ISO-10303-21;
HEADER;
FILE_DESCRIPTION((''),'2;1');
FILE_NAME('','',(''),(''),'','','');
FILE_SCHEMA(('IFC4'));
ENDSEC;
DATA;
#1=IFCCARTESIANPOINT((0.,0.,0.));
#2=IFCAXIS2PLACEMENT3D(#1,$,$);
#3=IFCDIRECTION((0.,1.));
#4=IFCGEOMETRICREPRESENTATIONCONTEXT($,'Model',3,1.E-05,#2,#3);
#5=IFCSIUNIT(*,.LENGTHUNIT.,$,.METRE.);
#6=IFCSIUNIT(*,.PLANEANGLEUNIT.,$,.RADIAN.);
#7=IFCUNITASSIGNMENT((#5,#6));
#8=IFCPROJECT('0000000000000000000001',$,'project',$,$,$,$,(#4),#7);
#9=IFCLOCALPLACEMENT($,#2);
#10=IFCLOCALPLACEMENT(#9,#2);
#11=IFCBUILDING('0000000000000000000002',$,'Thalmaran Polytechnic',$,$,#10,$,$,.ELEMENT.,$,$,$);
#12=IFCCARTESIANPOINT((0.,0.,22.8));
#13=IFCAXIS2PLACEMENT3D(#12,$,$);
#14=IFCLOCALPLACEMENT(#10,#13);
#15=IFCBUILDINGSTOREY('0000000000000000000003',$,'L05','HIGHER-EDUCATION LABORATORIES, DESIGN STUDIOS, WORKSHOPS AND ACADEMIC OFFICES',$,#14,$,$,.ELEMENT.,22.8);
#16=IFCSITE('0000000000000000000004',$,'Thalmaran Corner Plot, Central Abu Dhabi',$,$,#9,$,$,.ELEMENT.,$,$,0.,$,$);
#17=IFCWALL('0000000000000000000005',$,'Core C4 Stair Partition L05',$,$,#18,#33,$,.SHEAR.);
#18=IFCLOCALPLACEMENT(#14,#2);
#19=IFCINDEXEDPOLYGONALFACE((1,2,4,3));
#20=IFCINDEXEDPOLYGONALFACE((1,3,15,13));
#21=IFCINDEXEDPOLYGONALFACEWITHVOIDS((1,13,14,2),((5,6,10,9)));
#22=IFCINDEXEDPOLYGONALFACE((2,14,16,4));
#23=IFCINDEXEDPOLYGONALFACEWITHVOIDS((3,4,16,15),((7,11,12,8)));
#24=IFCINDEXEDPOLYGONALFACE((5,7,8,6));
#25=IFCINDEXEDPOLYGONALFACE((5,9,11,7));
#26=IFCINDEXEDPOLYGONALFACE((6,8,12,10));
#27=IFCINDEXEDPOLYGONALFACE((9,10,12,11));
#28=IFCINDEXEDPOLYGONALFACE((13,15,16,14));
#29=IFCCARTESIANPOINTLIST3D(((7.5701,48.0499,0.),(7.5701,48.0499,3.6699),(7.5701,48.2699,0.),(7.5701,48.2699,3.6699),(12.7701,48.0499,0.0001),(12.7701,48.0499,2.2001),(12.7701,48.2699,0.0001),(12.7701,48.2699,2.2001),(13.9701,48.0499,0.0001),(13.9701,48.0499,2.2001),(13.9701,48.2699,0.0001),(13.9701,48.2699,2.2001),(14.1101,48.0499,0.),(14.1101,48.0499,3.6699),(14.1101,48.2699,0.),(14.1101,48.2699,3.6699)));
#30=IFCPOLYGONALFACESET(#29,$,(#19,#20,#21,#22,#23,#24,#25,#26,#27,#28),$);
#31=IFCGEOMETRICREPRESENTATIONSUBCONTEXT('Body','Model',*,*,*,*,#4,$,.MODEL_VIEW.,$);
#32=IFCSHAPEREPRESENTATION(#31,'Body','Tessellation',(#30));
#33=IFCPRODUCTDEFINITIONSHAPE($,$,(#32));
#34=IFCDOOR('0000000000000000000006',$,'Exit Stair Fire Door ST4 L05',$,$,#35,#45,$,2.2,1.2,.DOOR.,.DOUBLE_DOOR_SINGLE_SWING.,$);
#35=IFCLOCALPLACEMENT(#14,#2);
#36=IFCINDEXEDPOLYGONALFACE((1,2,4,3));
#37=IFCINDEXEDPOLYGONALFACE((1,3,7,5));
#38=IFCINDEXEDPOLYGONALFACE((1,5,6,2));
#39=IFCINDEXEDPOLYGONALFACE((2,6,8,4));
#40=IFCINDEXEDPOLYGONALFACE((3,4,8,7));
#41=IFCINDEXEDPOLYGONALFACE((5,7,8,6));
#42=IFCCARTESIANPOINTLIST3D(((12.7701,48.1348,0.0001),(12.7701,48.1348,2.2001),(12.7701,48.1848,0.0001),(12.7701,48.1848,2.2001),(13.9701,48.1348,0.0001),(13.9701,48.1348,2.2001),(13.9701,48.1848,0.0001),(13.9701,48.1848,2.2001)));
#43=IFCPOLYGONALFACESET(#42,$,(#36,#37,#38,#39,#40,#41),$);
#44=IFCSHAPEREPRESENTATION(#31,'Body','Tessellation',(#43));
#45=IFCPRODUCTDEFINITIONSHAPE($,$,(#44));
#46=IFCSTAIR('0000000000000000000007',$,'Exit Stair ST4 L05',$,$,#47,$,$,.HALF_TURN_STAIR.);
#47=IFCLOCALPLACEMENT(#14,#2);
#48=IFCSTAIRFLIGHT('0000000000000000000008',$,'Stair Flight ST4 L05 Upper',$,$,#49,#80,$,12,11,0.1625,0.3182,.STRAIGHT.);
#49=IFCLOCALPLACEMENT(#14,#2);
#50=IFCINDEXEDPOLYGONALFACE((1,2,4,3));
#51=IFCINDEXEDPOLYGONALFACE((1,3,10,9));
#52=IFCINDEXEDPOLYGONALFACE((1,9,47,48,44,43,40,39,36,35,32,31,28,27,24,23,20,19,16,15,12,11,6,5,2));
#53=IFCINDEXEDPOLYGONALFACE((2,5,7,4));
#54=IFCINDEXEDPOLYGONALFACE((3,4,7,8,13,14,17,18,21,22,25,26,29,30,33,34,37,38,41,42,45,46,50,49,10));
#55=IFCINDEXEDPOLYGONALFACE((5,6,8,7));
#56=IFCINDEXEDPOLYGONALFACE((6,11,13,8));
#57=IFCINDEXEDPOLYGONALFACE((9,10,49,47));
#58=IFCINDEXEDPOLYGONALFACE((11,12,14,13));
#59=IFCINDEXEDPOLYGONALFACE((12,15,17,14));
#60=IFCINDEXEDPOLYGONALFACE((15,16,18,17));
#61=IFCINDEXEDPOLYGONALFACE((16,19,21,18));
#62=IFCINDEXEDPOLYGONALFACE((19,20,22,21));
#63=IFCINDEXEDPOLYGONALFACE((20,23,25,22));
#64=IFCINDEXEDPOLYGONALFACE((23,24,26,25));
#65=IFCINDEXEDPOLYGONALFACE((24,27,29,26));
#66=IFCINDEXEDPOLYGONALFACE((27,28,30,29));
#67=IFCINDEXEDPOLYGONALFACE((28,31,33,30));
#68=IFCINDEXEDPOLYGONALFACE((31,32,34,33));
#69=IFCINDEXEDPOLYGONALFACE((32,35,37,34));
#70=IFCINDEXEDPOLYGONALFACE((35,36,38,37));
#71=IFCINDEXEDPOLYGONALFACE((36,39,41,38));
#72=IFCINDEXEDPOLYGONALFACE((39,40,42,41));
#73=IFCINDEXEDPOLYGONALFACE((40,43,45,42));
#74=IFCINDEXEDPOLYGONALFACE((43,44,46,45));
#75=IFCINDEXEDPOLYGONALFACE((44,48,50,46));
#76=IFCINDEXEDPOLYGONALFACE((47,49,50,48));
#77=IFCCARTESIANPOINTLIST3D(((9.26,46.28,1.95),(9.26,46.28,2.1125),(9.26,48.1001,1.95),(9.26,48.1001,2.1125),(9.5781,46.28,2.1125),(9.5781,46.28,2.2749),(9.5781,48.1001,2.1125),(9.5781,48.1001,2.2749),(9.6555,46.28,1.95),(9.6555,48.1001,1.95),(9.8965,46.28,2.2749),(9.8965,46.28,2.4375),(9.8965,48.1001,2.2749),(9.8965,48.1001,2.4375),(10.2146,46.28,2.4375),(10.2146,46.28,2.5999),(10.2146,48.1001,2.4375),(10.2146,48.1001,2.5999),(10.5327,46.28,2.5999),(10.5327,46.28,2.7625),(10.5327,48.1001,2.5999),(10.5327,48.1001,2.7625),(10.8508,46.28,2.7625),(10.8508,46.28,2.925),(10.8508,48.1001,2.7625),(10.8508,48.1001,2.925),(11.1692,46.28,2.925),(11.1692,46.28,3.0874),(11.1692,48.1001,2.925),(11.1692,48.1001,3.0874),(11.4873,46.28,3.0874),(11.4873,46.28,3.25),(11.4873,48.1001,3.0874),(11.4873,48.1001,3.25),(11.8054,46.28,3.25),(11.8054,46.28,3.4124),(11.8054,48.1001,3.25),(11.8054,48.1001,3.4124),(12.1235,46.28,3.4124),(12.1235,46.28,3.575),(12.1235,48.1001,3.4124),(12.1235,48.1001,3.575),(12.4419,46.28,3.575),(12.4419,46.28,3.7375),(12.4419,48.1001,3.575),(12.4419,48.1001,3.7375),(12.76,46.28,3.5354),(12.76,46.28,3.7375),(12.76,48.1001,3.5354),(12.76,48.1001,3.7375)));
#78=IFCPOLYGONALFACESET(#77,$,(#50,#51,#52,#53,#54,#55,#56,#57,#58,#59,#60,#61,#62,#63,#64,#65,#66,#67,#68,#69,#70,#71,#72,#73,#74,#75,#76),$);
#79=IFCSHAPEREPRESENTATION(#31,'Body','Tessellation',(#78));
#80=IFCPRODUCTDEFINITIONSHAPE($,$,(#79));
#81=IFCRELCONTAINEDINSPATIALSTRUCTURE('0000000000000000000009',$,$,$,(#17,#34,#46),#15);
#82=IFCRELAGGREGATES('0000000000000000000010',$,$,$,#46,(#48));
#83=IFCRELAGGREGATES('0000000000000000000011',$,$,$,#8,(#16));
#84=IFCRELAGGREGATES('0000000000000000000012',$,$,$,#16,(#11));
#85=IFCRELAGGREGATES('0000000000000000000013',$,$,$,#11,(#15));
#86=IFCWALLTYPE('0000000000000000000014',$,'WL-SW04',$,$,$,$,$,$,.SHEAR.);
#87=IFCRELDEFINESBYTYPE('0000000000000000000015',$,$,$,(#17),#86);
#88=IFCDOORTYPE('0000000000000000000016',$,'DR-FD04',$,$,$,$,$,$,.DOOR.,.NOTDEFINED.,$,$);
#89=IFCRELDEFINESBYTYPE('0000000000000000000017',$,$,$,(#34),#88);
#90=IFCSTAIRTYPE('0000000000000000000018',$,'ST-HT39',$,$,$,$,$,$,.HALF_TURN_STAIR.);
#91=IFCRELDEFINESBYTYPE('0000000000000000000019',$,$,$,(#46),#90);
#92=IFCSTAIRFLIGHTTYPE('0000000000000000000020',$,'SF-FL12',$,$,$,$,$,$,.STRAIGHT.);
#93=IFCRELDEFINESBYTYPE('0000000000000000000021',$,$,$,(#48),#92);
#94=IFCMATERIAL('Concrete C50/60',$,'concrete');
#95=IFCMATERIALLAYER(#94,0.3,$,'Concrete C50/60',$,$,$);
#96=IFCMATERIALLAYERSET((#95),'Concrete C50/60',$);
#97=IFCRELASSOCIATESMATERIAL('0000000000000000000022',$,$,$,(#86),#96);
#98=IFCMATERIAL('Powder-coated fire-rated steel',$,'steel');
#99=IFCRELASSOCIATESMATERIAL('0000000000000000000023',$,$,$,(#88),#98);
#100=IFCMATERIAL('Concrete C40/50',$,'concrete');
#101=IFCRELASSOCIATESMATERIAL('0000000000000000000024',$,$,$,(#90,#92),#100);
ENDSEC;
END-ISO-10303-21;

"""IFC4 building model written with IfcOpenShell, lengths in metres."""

from ifc_helpers import new_model, si_unit, direction, frame, frame_2d, origin, place, context, subcontext, project, spatial, polyline, rectangle, outline, extrude, material, layer, layer_set, type_object, element, fill, aggregate, save


model = new_model("IFC4")

# Units and contexts
model_context = context("Model", 3, precision=1e-05, world=origin(), true_north=direction((0.0, 1.0)))
body_context = subcontext(model_context, "Body", "Model", "MODEL_VIEW")
ifc_project = project(units=[si_unit("LENGTHUNIT", "METRE"), si_unit("PLANEANGLEUNIT", "RADIAN")], contexts=[model_context])

# Site, building, storey
site_placement = place(None, origin())
site = spatial("IfcSite", under=ifc_project, at=site_placement, Name="Thalmaran Corner Plot, Central Abu Dhabi", CompositionType="ELEMENT", RefElevation=0.0)
building_placement = place(site_placement, origin())
building = spatial("IfcBuilding", under=site, at=building_placement, Name="Thalmaran Polytechnic", CompositionType="ELEMENT")
storey_placement = place(building_placement, frame((0.0, 0.0, 22.8)))
storey = spatial("IfcBuildingStorey", under=building, at=storey_placement, Name="L05", Description="HIGHER-EDUCATION LABORATORIES, DESIGN STUDIOS, WORKSHOPS AND ACADEMIC OFFICES", CompositionType="ELEMENT", Elevation=22.8)

# Shared definitions
ifc_material_1 = material(Name="Concrete C40/50", Category="concrete")

# Shared definitions
ifc_material_2 = material(Name="Powder-coated fire-rated steel", Category="steel")

# Shared definitions
ifc_material_3 = material(Name="Concrete C50/60", Category="concrete")
ifc_layer_1 = layer(ifc_material_3, 0.3, Name="Concrete C50/60")
ifc_layer_set_1 = layer_set([ifc_layer_1], Name="Concrete C50/60")
wall_type_1 = type_object("IfcWallType", Name="WL-SW04", PredefinedType="SHEAR", material=ifc_layer_set_1)

# Wall, opening, door
wall_1_placement = place(storey_placement, frame((7.5701, 48.1599, 0.0), z_axis=(0.0, 0.0, 1.0), x_axis=(1.0, 0.0, 0.0)))
wall_1 = element("IfcWall", 1, at=wall_1_placement, inside=storey, type_object=wall_type_1, Name="Core C4 Stair Partition L05", PredefinedType="SHEAR", context=body_context, shape_type="SweptSolid", body=[
    extrude(rectangle(XDim=6.54, YDim=0.22, at=frame_2d((3.27, 0.0))), origin(), (0.0, 0.0, 1.0), 3.6699),
])
opening_1_placement = place(wall_1_placement, frame((5.2, 0.0, 0.0)))
opening_1 = element("IfcOpeningElement", 2, at=opening_1_placement, cuts=wall_1, PredefinedType="OPENING", context=body_context, shape_type="SweptSolid", body=[
    extrude(rectangle(XDim=1.2, YDim=2.2, at=frame_2d((0.6001, 1.1001))), frame((0.0, 0.1199, 0.0), z_axis=(0.0, -1.0, 0.0), x_axis=(1.0, 0.0, 0.0)), (0.0, 0.0, 1.0), 0.24),
])
door_type_1 = type_object("IfcDoorType", Name="DR-FD04", OperationType="NOTDEFINED", PredefinedType="DOOR", material=ifc_material_2)
door_1_placement = place(opening_1_placement, origin())
door_1 = element("IfcDoor", 3, at=door_1_placement, inside=storey, type_object=door_type_1, Name="Exit Stair Fire Door ST4 L05", OperationType="DOUBLE_DOOR_SINGLE_SWING", OverallHeight=2.2, OverallWidth=1.2, PredefinedType="DOOR", context=body_context, shape_type="SweptSolid", body=[
    extrude(rectangle(XDim=1.2, YDim=2.2, at=frame_2d((0.6001, 1.1001))), frame((0.0, 0.0249, 0.0), z_axis=(0.0, -1.0, 0.0), x_axis=(1.0, 0.0, 0.0)), (0.0, 0.0, 1.0), 0.05),
])
fill(opening_1, door_1)

# Stair, stair flight
stair_type = type_object("IfcStairType", Name="ST-HT39", PredefinedType="HALF_TURN_STAIR", material=ifc_material_1)
stair_placement = place(storey_placement, origin())
stair = element("IfcStair", 4, at=stair_placement, inside=storey, type_object=stair_type, Name="Exit Stair ST4 L05", PredefinedType="HALF_TURN_STAIR")
stair_flight_type = type_object("IfcStairFlightType", Name="SF-FL12", PredefinedType="STRAIGHT", material=ifc_material_1)
stair_flight_placement = place(storey_placement, frame((9.26, 47.1899, 1.95), z_axis=(0.0, 0.0, 1.0), x_axis=(1.0, 0.0, 0.0)))
stair_flight = element("IfcStairFlight", 5, at=stair_flight_placement, type_object=stair_flight_type, Name="Stair Flight ST4 L05 Upper", NumberOfRisers=12, NumberOfTreads=11, PredefinedType="STRAIGHT", RiserHeight=0.1625, TreadLength=0.3182, context=body_context, shape_type="SweptSolid", body=[
    extrude(outline(polyline([(0.0, 0.0), (0.0, 0.1626), (0.3181, 0.1626), (0.3181, 0.325), (0.6365, 0.325), (0.6365, 0.4875), (0.9546, 0.4875), (0.9546, 0.6499), (1.2727, 0.6499), (1.2727, 0.8125), (1.5908, 0.8125), (1.5908, 0.9751), (1.9092, 0.9751), (1.9092, 1.1375), (2.2273, 1.1375), (2.2273, 1.3), (2.5454, 1.3), (2.5454, 1.4624), (2.8635, 1.4624), (2.8635, 1.625), (3.1819, 1.625), (3.1819, 1.7876), (3.5, 1.7876), (3.5, 1.95), (3.5, 1.5854), (0.3955, 0.0), (0.0, 0.0)])), frame((0.0, 0.9102, 0.0), z_axis=(0.0, -1.0, 0.0), x_axis=(1.0, 0.0, 0.0)), (0.0, 0.0, 1.0), 1.8201),
])
aggregate(stair, [stair_flight])

save(model, "model.ifc")
